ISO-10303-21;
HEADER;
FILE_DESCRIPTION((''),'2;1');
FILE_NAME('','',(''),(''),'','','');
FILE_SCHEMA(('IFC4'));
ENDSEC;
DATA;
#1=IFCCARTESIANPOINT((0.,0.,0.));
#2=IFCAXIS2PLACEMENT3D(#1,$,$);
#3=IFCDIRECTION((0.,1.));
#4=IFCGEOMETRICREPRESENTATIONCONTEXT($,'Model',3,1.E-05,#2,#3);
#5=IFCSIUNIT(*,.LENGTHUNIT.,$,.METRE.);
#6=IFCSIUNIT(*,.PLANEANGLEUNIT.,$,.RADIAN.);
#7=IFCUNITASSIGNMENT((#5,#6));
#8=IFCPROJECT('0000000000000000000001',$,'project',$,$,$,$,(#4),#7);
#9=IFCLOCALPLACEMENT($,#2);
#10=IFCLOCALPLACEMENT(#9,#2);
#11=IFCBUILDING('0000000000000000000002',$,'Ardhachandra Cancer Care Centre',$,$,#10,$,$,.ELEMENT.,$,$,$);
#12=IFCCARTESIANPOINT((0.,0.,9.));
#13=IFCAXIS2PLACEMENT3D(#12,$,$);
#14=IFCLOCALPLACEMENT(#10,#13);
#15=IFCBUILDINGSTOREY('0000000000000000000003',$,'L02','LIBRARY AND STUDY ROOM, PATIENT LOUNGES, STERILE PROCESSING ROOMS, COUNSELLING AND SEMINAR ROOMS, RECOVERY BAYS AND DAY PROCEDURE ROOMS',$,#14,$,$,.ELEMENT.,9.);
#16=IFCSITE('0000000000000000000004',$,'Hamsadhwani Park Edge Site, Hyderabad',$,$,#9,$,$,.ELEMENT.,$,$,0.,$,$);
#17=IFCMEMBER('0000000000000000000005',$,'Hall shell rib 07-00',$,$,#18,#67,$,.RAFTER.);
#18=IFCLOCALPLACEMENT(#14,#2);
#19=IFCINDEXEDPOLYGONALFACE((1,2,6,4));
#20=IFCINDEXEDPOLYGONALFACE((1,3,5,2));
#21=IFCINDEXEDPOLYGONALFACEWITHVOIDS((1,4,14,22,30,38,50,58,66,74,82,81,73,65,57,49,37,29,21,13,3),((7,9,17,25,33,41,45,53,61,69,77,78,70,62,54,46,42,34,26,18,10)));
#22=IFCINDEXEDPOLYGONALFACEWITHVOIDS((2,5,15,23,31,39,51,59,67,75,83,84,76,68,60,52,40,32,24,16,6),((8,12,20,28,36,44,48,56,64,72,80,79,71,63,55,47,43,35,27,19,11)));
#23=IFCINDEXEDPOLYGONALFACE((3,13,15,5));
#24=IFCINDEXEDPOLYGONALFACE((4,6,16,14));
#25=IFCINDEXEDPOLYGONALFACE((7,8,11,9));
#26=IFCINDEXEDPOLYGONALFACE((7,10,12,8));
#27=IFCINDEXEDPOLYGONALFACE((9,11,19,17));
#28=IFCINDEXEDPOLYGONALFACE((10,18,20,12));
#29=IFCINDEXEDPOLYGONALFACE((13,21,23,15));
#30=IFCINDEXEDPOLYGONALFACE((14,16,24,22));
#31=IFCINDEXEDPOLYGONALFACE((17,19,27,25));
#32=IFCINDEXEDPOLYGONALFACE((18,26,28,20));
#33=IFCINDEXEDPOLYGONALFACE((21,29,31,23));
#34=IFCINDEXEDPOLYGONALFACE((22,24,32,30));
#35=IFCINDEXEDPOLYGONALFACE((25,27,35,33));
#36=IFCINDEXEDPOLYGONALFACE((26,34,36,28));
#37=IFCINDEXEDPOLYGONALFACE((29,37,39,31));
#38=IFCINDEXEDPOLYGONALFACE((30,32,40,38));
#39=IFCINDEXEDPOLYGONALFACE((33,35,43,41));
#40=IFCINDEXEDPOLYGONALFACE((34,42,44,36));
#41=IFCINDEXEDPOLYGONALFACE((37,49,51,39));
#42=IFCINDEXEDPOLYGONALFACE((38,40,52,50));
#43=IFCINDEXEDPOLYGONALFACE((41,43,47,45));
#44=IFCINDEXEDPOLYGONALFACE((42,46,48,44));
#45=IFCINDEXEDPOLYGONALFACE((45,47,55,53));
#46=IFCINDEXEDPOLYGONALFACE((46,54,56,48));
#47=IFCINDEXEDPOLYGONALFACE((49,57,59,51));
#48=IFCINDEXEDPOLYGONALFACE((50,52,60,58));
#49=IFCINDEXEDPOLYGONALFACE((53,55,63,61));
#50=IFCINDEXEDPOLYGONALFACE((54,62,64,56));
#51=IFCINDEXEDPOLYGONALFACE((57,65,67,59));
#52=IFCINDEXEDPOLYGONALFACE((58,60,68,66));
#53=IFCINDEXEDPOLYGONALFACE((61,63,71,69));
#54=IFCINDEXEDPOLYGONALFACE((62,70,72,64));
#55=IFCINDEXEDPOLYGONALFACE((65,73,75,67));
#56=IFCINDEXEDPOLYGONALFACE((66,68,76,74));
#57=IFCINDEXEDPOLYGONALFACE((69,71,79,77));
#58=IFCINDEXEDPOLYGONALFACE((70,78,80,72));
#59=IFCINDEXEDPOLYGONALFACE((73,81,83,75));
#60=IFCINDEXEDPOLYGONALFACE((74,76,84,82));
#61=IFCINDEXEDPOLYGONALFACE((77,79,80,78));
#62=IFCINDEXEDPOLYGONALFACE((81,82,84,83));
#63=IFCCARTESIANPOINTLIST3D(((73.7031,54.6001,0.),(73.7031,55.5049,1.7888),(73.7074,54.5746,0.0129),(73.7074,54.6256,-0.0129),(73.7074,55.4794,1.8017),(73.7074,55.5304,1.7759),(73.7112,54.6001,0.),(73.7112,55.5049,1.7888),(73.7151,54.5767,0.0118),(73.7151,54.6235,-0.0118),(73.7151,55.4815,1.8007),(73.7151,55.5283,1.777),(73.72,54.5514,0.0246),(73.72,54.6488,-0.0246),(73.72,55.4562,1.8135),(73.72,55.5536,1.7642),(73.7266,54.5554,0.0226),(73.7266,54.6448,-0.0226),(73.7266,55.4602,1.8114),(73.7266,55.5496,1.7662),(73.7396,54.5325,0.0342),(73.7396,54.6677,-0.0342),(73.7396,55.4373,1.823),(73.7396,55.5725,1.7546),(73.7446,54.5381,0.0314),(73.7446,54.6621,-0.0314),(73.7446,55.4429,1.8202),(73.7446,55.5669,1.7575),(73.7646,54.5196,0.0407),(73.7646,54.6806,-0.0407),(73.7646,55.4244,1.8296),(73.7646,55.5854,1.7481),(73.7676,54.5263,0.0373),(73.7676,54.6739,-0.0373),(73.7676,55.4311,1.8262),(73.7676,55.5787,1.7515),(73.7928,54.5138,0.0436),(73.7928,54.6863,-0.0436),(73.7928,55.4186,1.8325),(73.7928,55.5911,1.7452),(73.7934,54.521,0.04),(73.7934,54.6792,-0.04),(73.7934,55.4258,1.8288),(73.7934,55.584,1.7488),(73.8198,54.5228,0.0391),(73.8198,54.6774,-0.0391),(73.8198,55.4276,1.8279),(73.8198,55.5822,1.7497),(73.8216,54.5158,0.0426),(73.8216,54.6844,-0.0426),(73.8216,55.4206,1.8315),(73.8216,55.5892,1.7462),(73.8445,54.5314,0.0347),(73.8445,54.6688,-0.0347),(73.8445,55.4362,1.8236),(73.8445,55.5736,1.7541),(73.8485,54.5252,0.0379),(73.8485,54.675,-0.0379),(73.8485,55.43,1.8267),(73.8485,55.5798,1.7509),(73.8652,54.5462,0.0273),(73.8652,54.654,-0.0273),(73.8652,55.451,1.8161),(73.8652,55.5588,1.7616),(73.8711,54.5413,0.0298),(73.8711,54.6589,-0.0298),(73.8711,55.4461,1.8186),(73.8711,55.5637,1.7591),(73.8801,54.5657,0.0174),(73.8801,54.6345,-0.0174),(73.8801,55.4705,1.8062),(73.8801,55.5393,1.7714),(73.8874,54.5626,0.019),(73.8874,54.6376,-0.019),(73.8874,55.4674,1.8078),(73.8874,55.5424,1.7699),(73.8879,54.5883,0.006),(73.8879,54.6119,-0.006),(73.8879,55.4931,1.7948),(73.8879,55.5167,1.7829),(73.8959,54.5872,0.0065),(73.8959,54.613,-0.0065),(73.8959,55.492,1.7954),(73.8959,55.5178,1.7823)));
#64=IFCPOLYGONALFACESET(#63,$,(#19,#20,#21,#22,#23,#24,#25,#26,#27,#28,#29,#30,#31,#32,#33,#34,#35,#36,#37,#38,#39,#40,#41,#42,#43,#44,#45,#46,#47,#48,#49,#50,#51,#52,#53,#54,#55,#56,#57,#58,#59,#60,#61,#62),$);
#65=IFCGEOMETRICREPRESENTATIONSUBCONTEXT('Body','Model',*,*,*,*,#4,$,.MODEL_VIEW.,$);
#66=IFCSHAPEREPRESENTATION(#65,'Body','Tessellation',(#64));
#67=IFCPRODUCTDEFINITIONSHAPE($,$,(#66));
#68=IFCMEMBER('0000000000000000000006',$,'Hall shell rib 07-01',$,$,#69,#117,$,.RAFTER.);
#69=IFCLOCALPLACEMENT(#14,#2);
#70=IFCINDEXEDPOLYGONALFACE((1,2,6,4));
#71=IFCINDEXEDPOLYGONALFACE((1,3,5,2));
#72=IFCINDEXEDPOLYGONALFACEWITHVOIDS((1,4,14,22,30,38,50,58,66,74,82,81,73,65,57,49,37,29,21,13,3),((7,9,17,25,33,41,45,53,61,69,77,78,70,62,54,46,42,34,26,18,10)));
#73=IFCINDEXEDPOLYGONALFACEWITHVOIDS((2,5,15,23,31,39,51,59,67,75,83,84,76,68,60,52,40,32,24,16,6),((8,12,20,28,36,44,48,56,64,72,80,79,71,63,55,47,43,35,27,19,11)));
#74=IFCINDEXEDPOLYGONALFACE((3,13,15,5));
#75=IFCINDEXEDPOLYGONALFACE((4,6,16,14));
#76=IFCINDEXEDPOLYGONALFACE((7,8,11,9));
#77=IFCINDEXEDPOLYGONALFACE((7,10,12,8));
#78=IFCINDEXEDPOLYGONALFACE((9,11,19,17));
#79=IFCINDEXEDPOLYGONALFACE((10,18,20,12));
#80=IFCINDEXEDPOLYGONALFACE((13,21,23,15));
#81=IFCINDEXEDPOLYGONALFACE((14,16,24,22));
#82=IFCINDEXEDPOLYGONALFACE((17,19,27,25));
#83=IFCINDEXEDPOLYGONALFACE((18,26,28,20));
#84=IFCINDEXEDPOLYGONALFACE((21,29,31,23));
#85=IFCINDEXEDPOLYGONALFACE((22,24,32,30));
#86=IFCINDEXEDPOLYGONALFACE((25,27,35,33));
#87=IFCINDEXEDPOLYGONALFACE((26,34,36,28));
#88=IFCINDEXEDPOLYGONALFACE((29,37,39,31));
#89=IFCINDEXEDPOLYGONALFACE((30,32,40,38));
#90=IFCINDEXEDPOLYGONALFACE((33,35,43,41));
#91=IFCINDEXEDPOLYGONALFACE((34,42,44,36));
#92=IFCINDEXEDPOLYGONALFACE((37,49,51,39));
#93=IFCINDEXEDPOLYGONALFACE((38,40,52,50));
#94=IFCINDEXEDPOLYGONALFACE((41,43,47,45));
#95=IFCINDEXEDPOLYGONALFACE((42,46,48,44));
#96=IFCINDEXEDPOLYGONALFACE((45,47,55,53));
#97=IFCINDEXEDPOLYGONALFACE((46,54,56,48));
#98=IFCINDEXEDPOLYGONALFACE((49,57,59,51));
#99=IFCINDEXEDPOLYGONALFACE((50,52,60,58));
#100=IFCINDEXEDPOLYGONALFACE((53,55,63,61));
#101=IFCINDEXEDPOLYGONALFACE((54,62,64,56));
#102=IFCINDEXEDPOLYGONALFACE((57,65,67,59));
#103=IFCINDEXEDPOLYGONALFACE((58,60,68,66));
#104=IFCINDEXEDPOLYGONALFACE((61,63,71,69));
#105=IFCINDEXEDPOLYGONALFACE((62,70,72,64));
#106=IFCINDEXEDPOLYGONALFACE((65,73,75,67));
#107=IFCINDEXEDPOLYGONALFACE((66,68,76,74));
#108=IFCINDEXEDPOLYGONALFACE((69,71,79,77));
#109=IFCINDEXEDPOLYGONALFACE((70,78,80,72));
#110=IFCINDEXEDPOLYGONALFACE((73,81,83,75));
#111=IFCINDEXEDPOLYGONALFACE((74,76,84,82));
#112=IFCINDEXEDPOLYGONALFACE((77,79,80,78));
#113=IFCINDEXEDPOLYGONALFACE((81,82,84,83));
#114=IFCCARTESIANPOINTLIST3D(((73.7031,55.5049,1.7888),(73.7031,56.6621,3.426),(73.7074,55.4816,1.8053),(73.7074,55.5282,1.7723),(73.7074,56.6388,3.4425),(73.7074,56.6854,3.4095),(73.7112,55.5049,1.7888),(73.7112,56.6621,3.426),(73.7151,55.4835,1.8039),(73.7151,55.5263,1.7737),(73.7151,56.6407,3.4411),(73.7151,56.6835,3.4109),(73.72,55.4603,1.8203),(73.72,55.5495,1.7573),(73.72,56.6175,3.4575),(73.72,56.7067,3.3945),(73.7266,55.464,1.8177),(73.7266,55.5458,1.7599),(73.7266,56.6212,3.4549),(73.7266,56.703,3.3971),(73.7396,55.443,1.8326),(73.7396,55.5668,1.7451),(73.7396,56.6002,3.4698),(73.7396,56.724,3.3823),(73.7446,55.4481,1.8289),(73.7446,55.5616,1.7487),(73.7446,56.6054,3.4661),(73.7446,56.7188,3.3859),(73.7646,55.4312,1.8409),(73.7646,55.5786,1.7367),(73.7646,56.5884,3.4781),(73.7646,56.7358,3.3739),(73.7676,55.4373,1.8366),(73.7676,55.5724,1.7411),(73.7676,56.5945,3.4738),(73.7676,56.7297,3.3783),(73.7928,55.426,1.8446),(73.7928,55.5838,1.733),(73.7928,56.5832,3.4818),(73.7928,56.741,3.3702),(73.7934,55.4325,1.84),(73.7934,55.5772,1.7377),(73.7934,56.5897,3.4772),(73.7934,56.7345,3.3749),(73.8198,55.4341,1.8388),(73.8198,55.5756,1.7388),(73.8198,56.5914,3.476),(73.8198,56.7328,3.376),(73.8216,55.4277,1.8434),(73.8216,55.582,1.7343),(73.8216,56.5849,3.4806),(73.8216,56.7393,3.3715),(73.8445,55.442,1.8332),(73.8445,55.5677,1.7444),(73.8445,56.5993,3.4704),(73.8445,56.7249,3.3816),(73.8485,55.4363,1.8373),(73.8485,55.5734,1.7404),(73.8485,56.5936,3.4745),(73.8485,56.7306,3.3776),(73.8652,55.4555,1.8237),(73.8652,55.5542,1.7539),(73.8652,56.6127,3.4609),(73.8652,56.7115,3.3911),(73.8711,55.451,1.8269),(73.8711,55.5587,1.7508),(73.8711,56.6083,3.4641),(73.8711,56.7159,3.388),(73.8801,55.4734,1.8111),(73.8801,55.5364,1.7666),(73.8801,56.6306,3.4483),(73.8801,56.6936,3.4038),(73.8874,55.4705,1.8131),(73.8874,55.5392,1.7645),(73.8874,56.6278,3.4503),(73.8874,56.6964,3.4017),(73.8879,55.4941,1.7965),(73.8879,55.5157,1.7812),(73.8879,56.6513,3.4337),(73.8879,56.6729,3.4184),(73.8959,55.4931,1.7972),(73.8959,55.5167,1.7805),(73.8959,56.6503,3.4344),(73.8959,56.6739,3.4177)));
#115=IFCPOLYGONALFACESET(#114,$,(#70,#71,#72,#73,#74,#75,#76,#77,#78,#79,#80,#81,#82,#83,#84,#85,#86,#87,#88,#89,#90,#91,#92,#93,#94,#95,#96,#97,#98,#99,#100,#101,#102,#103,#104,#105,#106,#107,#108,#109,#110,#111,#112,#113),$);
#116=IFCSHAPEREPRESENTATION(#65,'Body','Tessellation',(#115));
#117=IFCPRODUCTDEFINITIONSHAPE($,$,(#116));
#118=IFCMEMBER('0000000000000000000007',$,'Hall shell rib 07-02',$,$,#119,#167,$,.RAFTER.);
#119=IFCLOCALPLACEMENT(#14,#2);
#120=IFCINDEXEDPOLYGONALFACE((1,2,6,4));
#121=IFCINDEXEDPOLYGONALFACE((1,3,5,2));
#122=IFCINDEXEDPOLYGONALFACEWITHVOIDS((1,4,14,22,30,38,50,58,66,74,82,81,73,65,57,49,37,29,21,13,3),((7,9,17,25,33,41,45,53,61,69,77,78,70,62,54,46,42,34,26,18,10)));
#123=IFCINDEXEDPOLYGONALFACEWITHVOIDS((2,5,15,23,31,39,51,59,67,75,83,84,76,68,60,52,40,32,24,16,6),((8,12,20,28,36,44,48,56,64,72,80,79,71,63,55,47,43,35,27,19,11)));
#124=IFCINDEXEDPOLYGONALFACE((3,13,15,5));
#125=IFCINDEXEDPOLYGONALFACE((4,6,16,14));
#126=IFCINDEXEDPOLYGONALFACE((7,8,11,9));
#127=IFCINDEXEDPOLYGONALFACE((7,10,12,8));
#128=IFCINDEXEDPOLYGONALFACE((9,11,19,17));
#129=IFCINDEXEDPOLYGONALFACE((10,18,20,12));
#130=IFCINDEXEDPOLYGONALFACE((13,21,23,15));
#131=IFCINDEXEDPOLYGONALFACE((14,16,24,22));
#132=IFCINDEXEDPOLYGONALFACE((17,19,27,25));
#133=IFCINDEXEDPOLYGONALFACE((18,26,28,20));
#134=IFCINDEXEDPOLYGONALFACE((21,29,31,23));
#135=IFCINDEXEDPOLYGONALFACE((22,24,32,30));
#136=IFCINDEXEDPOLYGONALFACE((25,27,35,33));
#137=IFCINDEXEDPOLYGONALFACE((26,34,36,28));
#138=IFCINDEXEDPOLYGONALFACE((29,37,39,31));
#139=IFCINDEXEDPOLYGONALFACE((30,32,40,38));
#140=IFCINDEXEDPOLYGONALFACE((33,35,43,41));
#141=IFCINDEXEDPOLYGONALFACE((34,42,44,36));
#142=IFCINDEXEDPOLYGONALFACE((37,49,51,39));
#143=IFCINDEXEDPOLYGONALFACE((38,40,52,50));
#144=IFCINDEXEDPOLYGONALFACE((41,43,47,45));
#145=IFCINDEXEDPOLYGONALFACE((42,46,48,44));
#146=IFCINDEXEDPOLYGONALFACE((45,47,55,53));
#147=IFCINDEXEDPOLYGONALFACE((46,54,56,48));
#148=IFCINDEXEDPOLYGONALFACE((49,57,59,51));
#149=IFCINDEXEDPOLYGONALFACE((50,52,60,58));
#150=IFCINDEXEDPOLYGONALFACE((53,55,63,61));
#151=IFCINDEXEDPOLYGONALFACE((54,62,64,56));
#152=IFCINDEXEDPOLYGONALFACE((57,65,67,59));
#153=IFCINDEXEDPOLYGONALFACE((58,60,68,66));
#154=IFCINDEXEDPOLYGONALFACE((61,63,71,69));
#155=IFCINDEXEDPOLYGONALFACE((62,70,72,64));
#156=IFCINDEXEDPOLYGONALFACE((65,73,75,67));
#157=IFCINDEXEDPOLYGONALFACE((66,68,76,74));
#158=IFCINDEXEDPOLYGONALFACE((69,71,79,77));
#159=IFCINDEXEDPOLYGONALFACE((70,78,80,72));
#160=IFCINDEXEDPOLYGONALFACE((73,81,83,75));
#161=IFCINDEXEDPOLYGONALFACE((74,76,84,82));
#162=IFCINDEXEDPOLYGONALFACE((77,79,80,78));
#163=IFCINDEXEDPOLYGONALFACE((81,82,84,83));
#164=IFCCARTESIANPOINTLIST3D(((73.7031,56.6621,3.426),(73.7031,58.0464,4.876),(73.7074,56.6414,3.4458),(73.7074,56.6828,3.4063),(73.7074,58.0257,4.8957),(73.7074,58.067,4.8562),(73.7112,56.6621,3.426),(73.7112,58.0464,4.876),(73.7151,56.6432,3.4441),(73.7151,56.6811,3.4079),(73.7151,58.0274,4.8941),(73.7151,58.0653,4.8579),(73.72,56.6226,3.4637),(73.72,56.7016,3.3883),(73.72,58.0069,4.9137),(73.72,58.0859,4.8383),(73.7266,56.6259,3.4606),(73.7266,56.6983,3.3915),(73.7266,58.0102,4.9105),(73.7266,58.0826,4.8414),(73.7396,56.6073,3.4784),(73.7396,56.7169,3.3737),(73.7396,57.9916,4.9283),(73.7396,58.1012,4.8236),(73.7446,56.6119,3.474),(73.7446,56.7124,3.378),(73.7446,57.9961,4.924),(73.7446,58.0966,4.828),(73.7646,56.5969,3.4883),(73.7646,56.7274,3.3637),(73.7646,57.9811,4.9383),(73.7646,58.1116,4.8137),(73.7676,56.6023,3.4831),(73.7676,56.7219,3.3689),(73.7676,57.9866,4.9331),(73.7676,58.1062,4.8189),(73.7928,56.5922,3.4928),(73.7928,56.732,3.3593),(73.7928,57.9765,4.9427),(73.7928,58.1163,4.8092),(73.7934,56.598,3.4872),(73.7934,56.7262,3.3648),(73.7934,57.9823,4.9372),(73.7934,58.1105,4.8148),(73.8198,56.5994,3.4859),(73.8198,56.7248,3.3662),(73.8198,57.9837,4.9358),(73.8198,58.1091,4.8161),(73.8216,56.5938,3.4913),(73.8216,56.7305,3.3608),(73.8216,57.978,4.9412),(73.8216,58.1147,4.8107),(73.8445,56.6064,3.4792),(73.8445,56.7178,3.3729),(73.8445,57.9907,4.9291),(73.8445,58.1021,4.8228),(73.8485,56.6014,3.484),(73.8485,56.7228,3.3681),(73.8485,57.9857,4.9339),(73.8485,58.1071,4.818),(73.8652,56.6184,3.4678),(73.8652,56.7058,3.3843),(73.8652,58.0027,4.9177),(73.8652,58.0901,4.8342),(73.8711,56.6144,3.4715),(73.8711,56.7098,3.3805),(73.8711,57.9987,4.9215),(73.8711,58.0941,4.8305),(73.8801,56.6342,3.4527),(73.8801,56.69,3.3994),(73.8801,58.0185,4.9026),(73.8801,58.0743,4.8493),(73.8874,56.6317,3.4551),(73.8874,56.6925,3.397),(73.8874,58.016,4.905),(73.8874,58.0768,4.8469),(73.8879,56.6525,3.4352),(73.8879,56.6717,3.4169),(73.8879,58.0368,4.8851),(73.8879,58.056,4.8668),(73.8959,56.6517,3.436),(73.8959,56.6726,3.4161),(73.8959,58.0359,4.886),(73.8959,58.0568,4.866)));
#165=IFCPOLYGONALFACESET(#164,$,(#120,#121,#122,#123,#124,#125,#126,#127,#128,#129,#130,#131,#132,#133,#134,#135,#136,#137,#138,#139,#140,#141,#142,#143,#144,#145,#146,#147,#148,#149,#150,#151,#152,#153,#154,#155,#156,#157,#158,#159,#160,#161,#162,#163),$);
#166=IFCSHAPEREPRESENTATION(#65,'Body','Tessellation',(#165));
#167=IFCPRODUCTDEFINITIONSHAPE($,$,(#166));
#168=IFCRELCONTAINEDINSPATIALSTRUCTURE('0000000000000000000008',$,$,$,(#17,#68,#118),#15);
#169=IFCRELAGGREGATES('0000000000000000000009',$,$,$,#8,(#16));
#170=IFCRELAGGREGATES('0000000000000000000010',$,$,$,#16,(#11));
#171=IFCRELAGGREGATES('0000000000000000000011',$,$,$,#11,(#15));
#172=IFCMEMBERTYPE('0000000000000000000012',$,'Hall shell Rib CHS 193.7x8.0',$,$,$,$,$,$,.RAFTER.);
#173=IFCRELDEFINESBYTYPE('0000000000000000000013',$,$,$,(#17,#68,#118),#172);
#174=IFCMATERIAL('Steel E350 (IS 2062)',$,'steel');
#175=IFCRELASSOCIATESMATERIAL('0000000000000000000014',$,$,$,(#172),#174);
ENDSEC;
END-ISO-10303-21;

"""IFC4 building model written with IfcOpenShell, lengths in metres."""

from ifc_helpers import new_model, si_unit, direction, frame, origin, origin_2d, place, context, subcontext, project, spatial, hollow_circle, extrude, material, material_profile, profile_set, type_object, element, save


model = new_model("IFC4")

# Units and contexts
model_context = context("Model", 3, precision=1e-05, world=origin(), true_north=direction((0.0, 1.0)))
body_context = subcontext(model_context, "Body", "Model", "MODEL_VIEW")
ifc_project = project(units=[si_unit("LENGTHUNIT", "METRE"), si_unit("PLANEANGLEUNIT", "RADIAN")], contexts=[model_context])

# Site, building, storey
site_placement = place(None, origin())
site = spatial("IfcSite", under=ifc_project, at=site_placement, Name="Hamsadhwani Park Edge Site, Hyderabad", CompositionType="ELEMENT", RefElevation=0.0)
building_placement = place(site_placement, origin())
building = spatial("IfcBuilding", under=site, at=building_placement, Name="Ardhachandra Cancer Care Centre", CompositionType="ELEMENT")
storey_placement = place(building_placement, frame((0.0, 0.0, 9.0)))
storey = spatial("IfcBuildingStorey", under=building, at=storey_placement, Name="L02", Description="LIBRARY AND STUDY ROOM, PATIENT LOUNGES, STERILE PROCESSING ROOMS, COUNSELLING AND SEMINAR ROOMS, RECOVERY BAYS AND DAY PROCEDURE ROOMS", CompositionType="ELEMENT", Elevation=9.0)

# Members
ifc_material_1 = material(Name="Steel E350 (IS 2062)", Category="steel")
ifc_material_profile_1 = material_profile(ifc_material_1, hollow_circle(Radius=0.0969, WallThickness=0.0081, at=origin_2d()), Name="CHS 193.7x8.0")
ifc_profile_set_1 = profile_set([ifc_material_profile_1], Name="Steel E350 (IS 2062)")
member_type_1 = type_object("IfcMemberType", Name="Hall shell Rib CHS 193.7x8.0", PredefinedType="RAFTER", material=ifc_profile_set_1)
for number, where, z_axis, x_axis, name in (
    (1, (73.8, 54.6001, 0.0), (0.0, 0.45135, 0.892347), (-1.0, 0.0, 0.0), "Hall shell rib 07-00"),
):
    element("IfcMember", number, at=place(storey_placement, frame(where, z_axis=z_axis, x_axis=x_axis)), inside=storey, type_object=member_type_1, Name=name, PredefinedType="RAFTER", context=body_context, shape_type="SweptSolid", body=[
        extrude(hollow_circle(Radius=0.0969, WallThickness=0.0081, at=origin_2d()), origin(), (0.0, 0.0, 1.0), 2.0046),
    ])
member_1_placement = place(storey_placement, frame((73.8, 55.5049, 1.7888), z_axis=(0.0, 0.577199, 0.816603), x_axis=(-1.0, 0.0, 0.0)))
element("IfcMember", 2, at=member_1_placement, inside=storey, type_object=member_type_1, Name="Hall shell rib 07-01", PredefinedType="RAFTER", context=body_context, shape_type="SweptSolid", body=[
    extrude(hollow_circle(Radius=0.0969, WallThickness=0.0081, at=origin_2d()), origin(), (0.0, 0.0, 1.0), 2.0049),
])
member_2_placement = place(storey_placement, frame((73.8, 56.6621, 3.426), z_axis=(0.0, 0.690537, 0.723297), x_axis=(-1.0, 0.0, 0.0)))
element("IfcMember", 3, at=member_2_placement, inside=storey, type_object=member_type_1, Name="Hall shell rib 07-02", PredefinedType="RAFTER", context=body_context, shape_type="SweptSolid", body=[
    extrude(hollow_circle(Radius=0.0969, WallThickness=0.0081, at=origin_2d()), origin(), (0.0, 0.0, 1.0), 2.0046),
])

save(model, "model.ifc")
